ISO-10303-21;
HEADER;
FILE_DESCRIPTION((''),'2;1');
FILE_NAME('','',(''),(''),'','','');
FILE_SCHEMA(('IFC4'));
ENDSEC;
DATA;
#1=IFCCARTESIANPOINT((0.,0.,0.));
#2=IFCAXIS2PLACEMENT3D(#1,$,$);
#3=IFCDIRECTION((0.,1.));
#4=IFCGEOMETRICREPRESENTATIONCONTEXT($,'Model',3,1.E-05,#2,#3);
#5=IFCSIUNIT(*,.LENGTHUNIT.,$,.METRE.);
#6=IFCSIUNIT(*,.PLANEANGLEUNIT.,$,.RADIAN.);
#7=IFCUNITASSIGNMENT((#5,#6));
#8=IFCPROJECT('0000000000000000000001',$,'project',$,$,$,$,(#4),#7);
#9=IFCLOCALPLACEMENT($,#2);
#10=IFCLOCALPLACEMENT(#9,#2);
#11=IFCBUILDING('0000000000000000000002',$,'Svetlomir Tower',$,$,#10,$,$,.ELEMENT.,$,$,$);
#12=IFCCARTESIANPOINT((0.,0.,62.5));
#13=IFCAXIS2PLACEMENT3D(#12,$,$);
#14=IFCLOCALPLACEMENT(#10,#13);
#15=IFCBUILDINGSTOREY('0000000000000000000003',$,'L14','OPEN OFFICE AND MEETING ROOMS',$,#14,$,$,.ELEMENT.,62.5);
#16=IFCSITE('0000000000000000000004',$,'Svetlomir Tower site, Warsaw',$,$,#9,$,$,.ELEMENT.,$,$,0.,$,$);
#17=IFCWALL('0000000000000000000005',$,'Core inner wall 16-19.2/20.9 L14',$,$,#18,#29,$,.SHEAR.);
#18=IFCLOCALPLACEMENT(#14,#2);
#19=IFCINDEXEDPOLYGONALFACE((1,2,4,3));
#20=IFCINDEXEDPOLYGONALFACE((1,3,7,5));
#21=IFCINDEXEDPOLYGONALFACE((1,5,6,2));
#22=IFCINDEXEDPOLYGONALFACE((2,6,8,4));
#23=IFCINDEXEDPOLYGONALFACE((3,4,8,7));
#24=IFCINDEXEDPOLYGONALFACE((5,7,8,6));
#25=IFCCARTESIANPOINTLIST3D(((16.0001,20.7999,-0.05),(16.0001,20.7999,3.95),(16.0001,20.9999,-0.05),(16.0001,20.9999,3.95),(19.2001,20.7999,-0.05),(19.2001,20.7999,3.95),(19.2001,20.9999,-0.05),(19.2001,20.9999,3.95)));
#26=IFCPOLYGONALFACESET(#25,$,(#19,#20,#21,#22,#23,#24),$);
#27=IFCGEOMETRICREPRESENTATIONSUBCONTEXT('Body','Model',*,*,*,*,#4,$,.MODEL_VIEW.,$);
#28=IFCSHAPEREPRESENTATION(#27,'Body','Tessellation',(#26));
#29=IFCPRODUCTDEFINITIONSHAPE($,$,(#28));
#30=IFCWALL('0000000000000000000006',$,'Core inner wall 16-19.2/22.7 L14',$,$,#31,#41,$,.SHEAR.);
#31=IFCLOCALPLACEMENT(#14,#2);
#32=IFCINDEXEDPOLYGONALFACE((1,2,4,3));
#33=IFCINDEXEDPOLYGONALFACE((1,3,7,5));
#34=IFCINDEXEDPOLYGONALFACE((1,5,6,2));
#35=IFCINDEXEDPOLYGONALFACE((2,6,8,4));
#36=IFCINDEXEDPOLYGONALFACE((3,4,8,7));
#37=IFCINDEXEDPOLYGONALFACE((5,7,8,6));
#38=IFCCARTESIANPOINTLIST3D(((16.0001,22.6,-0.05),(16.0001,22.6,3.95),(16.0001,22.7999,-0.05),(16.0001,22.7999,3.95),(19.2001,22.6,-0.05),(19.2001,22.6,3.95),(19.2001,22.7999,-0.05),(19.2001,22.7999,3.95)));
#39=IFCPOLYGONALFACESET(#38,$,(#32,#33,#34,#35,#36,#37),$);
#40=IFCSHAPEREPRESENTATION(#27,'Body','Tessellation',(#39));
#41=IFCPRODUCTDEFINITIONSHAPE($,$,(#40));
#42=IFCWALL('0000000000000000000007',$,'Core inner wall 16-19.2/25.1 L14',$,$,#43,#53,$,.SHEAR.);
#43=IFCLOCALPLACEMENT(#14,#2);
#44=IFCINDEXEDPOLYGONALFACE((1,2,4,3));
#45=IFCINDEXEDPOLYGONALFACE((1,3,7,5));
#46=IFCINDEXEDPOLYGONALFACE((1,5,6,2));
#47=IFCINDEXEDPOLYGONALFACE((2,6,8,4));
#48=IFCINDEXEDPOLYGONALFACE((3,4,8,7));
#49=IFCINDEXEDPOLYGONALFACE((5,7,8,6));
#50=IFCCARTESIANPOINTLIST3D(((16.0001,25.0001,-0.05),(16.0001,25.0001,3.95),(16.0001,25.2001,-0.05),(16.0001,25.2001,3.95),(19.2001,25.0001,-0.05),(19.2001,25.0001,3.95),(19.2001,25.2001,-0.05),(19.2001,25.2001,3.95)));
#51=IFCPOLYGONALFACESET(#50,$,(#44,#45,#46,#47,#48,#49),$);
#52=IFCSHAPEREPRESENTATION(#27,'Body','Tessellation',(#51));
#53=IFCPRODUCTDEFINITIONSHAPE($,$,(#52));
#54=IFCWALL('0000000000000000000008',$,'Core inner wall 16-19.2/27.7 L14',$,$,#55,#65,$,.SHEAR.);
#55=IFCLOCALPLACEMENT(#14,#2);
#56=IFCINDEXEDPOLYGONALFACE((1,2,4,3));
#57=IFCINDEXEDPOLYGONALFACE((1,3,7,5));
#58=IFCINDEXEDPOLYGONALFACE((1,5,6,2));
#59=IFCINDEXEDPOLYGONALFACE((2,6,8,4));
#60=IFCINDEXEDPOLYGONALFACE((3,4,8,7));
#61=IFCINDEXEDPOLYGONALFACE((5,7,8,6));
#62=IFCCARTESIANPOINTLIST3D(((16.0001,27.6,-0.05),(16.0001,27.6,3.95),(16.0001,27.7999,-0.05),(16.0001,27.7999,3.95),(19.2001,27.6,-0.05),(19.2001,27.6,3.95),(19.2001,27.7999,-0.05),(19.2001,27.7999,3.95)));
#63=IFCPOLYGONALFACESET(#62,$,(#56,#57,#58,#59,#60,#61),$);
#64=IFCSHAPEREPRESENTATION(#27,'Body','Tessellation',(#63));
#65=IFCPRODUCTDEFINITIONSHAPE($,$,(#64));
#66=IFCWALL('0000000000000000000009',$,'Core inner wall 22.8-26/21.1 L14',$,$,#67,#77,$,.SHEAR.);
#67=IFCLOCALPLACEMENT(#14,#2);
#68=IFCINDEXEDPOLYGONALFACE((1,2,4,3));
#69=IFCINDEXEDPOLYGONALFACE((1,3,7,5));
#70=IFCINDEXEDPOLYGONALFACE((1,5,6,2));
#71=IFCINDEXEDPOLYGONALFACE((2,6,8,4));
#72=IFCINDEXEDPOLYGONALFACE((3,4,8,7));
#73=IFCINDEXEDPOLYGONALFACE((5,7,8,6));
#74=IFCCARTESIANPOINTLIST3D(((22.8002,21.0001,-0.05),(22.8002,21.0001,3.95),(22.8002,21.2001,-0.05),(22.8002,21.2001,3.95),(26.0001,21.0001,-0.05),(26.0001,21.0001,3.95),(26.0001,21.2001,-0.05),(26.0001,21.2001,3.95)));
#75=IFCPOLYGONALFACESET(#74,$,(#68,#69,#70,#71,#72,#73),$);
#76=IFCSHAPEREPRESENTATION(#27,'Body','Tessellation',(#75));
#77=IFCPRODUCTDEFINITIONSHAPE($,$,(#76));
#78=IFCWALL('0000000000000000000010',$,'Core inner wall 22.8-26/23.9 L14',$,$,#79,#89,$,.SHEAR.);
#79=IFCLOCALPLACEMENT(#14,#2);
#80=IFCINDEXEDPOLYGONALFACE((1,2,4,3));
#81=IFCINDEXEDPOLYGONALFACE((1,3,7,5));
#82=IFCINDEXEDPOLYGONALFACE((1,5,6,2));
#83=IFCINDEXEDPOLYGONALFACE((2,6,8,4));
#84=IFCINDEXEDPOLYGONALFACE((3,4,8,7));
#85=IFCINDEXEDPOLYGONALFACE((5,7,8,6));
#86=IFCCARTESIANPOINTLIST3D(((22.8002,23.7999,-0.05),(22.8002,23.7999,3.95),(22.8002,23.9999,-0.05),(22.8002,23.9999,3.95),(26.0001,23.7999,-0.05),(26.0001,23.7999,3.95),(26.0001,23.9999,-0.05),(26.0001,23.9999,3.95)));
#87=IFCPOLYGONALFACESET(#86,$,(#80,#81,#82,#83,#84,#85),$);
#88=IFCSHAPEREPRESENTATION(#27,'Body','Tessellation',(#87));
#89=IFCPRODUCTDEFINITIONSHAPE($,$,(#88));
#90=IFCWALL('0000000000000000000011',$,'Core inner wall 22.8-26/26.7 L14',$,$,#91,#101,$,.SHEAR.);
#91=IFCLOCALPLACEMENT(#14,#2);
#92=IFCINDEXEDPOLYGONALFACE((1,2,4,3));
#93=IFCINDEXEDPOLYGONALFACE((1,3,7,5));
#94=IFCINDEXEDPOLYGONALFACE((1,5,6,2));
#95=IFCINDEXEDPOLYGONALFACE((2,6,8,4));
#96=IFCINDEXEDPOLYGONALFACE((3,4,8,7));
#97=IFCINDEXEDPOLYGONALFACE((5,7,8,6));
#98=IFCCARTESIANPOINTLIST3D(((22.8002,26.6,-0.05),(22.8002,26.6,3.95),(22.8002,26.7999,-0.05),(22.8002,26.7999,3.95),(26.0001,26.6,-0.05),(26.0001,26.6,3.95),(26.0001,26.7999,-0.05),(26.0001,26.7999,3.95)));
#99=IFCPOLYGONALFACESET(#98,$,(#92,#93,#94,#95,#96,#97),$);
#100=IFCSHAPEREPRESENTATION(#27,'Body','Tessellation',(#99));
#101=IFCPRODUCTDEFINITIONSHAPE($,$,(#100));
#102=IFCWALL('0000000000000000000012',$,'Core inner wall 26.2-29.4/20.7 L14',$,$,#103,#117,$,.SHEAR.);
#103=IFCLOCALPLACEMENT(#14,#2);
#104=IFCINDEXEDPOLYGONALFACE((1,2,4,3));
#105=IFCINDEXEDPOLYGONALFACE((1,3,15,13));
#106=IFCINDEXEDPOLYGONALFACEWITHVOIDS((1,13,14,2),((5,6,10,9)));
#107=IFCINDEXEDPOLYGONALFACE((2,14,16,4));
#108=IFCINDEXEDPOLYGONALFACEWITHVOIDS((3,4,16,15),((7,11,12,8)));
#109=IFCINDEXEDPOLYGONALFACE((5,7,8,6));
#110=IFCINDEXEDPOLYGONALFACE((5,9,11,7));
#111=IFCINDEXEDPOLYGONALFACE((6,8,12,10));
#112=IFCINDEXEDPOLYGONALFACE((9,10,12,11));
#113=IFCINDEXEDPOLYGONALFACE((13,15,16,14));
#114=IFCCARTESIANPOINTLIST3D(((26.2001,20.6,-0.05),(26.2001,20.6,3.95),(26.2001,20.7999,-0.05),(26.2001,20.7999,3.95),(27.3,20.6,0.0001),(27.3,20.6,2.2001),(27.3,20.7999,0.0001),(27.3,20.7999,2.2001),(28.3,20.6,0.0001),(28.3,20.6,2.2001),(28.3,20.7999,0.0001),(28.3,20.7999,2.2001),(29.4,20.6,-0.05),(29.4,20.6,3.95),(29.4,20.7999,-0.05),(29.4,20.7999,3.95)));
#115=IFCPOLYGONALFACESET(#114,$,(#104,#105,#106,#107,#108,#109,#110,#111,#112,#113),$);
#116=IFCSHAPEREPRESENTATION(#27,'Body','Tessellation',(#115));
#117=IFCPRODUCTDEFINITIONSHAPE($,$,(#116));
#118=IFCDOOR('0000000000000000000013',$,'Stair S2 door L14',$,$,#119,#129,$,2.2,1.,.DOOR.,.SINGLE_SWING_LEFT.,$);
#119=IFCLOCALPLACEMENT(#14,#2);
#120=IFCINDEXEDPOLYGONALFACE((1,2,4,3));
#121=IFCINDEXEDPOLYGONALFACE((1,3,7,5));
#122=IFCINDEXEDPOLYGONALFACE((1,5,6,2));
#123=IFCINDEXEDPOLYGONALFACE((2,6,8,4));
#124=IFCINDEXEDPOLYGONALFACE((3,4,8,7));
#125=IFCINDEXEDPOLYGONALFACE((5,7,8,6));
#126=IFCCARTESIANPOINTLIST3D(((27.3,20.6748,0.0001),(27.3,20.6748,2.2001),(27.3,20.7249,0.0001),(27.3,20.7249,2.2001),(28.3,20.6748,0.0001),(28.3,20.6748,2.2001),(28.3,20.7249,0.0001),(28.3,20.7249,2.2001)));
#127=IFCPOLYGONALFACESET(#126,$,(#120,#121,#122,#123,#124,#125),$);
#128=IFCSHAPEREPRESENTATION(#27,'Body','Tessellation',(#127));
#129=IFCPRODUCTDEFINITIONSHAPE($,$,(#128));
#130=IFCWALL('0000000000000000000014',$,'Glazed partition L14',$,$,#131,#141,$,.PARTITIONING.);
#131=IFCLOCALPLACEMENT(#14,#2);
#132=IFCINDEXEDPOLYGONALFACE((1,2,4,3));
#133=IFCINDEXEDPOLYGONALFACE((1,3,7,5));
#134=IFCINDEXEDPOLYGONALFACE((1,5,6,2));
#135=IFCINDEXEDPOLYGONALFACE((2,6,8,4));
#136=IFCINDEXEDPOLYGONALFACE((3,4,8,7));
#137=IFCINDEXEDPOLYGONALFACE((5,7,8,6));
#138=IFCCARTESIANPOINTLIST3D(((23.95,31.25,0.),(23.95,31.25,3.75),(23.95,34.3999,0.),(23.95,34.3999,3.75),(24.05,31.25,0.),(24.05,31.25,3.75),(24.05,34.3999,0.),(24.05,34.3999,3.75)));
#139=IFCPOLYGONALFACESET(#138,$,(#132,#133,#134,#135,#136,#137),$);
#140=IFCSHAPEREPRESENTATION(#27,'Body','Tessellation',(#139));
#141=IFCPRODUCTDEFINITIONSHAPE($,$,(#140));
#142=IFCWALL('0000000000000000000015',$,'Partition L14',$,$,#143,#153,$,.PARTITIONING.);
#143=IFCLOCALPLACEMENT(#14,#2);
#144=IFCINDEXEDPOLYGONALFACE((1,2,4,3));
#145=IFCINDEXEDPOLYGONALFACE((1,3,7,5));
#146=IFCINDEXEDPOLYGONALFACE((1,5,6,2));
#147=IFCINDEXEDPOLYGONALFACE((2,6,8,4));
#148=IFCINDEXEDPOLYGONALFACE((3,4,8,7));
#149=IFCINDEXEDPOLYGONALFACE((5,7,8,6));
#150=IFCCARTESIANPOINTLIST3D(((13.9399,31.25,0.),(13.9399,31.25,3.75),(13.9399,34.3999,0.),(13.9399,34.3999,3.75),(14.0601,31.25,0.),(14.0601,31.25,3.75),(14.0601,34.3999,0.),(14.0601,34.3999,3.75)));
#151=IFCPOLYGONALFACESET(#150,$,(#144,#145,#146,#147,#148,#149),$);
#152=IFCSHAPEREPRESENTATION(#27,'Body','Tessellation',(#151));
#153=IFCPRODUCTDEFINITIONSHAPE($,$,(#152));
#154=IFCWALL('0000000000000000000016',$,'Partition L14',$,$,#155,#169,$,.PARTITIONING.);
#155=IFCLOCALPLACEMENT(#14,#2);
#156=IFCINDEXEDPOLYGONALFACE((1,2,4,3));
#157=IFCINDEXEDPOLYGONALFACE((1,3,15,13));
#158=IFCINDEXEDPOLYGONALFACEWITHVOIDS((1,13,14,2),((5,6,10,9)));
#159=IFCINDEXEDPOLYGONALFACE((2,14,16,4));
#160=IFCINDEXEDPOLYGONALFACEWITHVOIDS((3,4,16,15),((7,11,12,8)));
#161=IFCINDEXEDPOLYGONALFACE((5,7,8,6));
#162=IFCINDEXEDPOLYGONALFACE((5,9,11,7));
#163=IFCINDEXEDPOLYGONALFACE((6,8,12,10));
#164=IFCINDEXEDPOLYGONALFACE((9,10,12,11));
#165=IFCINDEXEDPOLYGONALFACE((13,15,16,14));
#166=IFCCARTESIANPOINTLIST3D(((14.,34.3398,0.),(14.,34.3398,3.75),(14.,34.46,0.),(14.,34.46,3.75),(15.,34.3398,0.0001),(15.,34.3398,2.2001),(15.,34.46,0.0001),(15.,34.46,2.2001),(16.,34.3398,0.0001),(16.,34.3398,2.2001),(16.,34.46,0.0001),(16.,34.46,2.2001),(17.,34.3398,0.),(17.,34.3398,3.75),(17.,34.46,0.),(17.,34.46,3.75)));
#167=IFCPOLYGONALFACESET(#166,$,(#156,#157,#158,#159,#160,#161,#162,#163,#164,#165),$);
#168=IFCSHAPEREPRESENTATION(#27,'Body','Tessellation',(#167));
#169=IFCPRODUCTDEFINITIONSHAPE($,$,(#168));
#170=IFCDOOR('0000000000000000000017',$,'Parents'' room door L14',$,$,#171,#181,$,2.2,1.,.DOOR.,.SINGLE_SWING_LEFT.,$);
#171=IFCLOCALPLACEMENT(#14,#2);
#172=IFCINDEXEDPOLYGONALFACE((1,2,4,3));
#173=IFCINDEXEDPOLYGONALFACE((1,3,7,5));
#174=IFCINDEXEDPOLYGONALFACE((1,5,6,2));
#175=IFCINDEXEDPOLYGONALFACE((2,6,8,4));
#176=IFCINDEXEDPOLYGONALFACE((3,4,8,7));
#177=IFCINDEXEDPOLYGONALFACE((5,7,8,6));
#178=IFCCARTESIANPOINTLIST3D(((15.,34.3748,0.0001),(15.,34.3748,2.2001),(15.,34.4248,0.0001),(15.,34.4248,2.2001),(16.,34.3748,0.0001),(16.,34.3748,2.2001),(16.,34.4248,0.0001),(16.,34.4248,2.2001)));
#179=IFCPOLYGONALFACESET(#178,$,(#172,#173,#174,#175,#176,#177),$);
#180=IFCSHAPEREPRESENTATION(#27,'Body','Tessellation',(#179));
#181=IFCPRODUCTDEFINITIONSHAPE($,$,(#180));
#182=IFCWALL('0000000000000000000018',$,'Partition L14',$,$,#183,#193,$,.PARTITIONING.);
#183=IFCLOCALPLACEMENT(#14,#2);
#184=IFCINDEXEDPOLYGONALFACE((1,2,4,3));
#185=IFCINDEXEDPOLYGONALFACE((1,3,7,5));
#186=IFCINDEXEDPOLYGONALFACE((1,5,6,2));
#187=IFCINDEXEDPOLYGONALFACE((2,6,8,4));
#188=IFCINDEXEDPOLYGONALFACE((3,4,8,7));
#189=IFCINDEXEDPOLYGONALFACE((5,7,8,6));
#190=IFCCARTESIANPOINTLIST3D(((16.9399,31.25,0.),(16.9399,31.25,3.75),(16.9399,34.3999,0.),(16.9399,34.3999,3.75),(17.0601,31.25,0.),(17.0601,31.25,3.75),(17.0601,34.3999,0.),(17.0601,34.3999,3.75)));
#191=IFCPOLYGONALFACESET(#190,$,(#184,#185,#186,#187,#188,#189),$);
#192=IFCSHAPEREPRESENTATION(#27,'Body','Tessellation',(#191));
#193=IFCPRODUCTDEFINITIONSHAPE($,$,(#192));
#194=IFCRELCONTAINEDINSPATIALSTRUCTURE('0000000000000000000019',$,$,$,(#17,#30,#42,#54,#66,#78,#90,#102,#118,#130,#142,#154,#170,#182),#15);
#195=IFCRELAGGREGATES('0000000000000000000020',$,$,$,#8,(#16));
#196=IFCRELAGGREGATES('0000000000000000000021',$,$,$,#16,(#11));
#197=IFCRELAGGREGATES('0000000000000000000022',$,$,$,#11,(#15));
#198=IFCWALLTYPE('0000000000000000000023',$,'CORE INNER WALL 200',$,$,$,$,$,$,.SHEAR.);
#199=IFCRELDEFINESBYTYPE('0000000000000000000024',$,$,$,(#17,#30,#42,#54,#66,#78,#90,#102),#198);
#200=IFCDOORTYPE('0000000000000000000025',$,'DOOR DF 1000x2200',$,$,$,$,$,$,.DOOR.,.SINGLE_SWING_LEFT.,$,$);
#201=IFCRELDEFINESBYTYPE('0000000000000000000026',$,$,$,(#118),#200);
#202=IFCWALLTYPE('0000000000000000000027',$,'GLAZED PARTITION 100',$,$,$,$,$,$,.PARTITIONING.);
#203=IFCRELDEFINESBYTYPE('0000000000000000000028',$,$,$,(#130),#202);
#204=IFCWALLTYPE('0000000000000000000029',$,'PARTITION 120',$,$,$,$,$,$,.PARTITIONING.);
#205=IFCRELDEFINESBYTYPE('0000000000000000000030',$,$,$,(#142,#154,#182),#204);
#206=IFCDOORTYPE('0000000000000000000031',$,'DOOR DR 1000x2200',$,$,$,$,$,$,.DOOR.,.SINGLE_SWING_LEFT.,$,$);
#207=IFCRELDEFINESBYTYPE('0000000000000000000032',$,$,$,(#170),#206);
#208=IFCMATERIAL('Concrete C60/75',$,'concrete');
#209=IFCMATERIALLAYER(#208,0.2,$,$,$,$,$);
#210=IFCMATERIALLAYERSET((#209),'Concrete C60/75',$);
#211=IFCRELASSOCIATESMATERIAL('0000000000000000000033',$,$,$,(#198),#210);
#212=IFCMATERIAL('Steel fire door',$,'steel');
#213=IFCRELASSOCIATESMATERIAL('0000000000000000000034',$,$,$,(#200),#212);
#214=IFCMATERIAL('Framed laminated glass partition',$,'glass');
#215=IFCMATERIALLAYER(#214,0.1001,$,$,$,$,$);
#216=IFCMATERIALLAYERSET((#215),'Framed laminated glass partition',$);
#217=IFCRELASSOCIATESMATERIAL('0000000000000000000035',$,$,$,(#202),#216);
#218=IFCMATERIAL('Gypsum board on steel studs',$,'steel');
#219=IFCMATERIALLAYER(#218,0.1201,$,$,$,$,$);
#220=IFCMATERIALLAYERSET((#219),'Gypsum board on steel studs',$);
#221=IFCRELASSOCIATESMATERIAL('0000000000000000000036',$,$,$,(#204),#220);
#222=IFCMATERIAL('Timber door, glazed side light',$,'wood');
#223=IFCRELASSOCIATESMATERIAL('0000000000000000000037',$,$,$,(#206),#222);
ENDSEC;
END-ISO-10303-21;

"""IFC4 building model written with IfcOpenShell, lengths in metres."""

from ifc_helpers import new_model, si_unit, direction, frame, frame_2d, origin, place, context, subcontext, project, spatial, rectangle, extrude, material, layer, layer_set, type_object, element, fill, save


model = new_model("IFC4")

# Units and contexts
model_context = context("Model", 3, precision=1e-05, world=origin(), true_north=direction((0.0, 1.0)))
body_context = subcontext(model_context, "Body", "Model", "MODEL_VIEW")
ifc_project = project(units=[si_unit("LENGTHUNIT", "METRE"), si_unit("PLANEANGLEUNIT", "RADIAN")], contexts=[model_context])

# Site, building, storey
site_placement = place(None, origin())
site = spatial("IfcSite", under=ifc_project, at=site_placement, Name="Svetlomir Tower site, Warsaw", CompositionType="ELEMENT", RefElevation=0.0)
building_placement = place(site_placement, origin())
building = spatial("IfcBuilding", under=site, at=building_placement, Name="Svetlomir Tower", CompositionType="ELEMENT")
storey_placement = place(building_placement, frame((0.0, 0.0, 62.5)))
storey = spatial("IfcBuildingStorey", under=building, at=storey_placement, Name="L14", Description="OPEN OFFICE AND MEETING ROOMS", CompositionType="ELEMENT", Elevation=62.5)

# Walls
ifc_material_1 = material(Name="Concrete C60/75", Category="concrete")
ifc_layer_1 = layer(ifc_material_1, 0.2)
ifc_layer_set_1 = layer_set([ifc_layer_1], Name="Concrete C60/75")
wall_type_1 = type_object("IfcWallType", Name="CORE INNER WALL 200", PredefinedType="SHEAR", material=ifc_layer_set_1)
for number, where, z_axis, x_axis, name in (
    (1, (16.0, 20.8999, -0.05), (0.0, 0.0, 1.0), (1.0, 0.0, 0.0), "Core inner wall 16-19.2/20.9 L14"),
    (2, (16.0, 22.7, -0.05), (0.0, 0.0, 1.0), (1.0, 0.0, 0.0), "Core inner wall 16-19.2/22.7 L14"),
    (3, (16.0, 25.1001, -0.05), (0.0, 0.0, 1.0), (1.0, 0.0, 0.0), "Core inner wall 16-19.2/25.1 L14"),
    (4, (16.0, 27.7, -0.05), (0.0, 0.0, 1.0), (1.0, 0.0, 0.0), "Core inner wall 16-19.2/27.7 L14"),
    (5, (22.8, 21.1001, -0.05), (0.0, 0.0, 1.0), (1.0, 0.0, 0.0), "Core inner wall 22.8-26/21.1 L14"),
    (6, (22.8, 23.8999, -0.05), (0.0, 0.0, 1.0), (1.0, 0.0, 0.0), "Core inner wall 22.8-26/23.9 L14"),
    (7, (22.8, 26.7, -0.05), (0.0, 0.0, 1.0), (1.0, 0.0, 0.0), "Core inner wall 22.8-26/26.7 L14"),
):
    element("IfcWall", number, at=place(storey_placement, frame(where, z_axis=z_axis, x_axis=x_axis)), inside=storey, type_object=wall_type_1, Name=name, PredefinedType="SHEAR", context=body_context, shape_type="SweptSolid", body=[
        extrude(rectangle(XDim=3.2, YDim=0.2, at=frame_2d((1.6001, 0.0))), origin(), (0.0, 0.0, 1.0), 4.0),
    ])

# Wall, opening, door
wall_1_placement = place(storey_placement, frame((26.2, 20.7, -0.05), z_axis=(0.0, 0.0, 1.0), x_axis=(1.0, 0.0, 0.0)))
wall_1 = element("IfcWall", 8, at=wall_1_placement, inside=storey, type_object=wall_type_1, Name="Core inner wall 26.2-29.4/20.7 L14", PredefinedType="SHEAR", context=body_context, shape_type="SweptSolid", body=[
    extrude(rectangle(XDim=3.2, YDim=0.2, at=frame_2d((1.6001, 0.0))), origin(), (0.0, 0.0, 1.0), 4.0),
])
opening_1_placement = place(wall_1_placement, frame((1.1001, 0.0, 0.05)))
opening_1 = element("IfcOpeningElement", 9, at=opening_1_placement, cuts=wall_1, PredefinedType="OPENING", context=body_context, shape_type="SweptSolid", body=[
    extrude(rectangle(XDim=1.0, YDim=2.2, at=frame_2d((0.5, 1.1001))), frame((0.0, 0.1099, 0.0), z_axis=(0.0, -1.0, 0.0), x_axis=(1.0, 0.0, 0.0)), (0.0, 0.0, 1.0), 0.22),
])
ifc_material_2 = material(Name="Steel fire door", Category="steel")
door_type_1 = type_object("IfcDoorType", Name="DOOR DF 1000x2200", OperationType="SINGLE_SWING_LEFT", PredefinedType="DOOR", material=ifc_material_2)
door_1_placement = place(opening_1_placement, origin())
door_1 = element("IfcDoor", 10, at=door_1_placement, inside=storey, type_object=door_type_1, Name="Stair S2 door L14", OperationType="SINGLE_SWING_LEFT", OverallHeight=2.2, OverallWidth=1.0, PredefinedType="DOOR", context=body_context, shape_type="SweptSolid", body=[
    extrude(rectangle(XDim=1.0, YDim=2.2, at=frame_2d((0.5, 1.1001))), frame((0.0, 0.0249, 0.0), z_axis=(0.0, -1.0, 0.0), x_axis=(1.0, 0.0, 0.0)), (0.0, 0.0, 1.0), 0.05),
])
fill(opening_1, door_1)

# Walls
ifc_material_3 = material(Name="Framed laminated glass partition", Category="glass")
ifc_layer_2 = layer(ifc_material_3, 0.1001)
ifc_layer_set_2 = layer_set([ifc_layer_2], Name="Framed laminated glass partition")
wall_type_2 = type_object("IfcWallType", Name="GLAZED PARTITION 100", PredefinedType="PARTITIONING", material=ifc_layer_set_2)
wall_2_placement = place(storey_placement, frame((24.0, 31.25, 0.0), z_axis=(0.0, 0.0, 1.0), x_axis=(0.0, 1.0, 0.0)))
element("IfcWall", 11, at=wall_2_placement, inside=storey, type_object=wall_type_2, Name="Glazed partition L14", PredefinedType="PARTITIONING", context=body_context, shape_type="SweptSolid", body=[
    extrude(rectangle(XDim=3.1499, YDim=0.1001, at=frame_2d((1.575, 0.0))), origin(), (0.0, 0.0, 1.0), 3.75),
])
ifc_material_4 = material(Name="Gypsum board on steel studs", Category="steel")
ifc_layer_3 = layer(ifc_material_4, 0.1201)
ifc_layer_set_3 = layer_set([ifc_layer_3], Name="Gypsum board on steel studs")
wall_type_3 = type_object("IfcWallType", Name="PARTITION 120", PredefinedType="PARTITIONING", material=ifc_layer_set_3)
wall_3_placement = place(storey_placement, frame((14.0, 31.25, 0.0), z_axis=(0.0, 0.0, 1.0), x_axis=(0.0, 1.0, 0.0)))
element("IfcWall", 12, at=wall_3_placement, inside=storey, type_object=wall_type_3, Name="Partition L14", PredefinedType="PARTITIONING", context=body_context, shape_type="SweptSolid", body=[
    extrude(rectangle(XDim=3.1499, YDim=0.1201, at=frame_2d((1.575, 0.0))), origin(), (0.0, 0.0, 1.0), 3.75),
])

# Wall, opening, door
wall_4_placement = place(storey_placement, frame((14.0, 34.3999, 0.0), z_axis=(0.0, 0.0, 1.0), x_axis=(1.0, 0.0, 0.0)))
wall_4 = element("IfcWall", 13, at=wall_4_placement, inside=storey, type_object=wall_type_3, Name="Partition L14", PredefinedType="PARTITIONING", context=body_context, shape_type="SweptSolid", body=[
    extrude(rectangle(XDim=3.0, YDim=0.1201, at=frame_2d((1.5, 0.0))), origin(), (0.0, 0.0, 1.0), 3.75),
])
opening_2_placement = place(wall_4_placement, frame((1.0, 0.0, 0.0)))
opening_2 = element("IfcOpeningElement", 14, at=opening_2_placement, cuts=wall_4, PredefinedType="OPENING", context=body_context, shape_type="SweptSolid", body=[
    extrude(rectangle(XDim=1.0, YDim=2.2, at=frame_2d((0.5, 1.1001))), frame((0.0, 0.0701, 0.0), z_axis=(0.0, -1.0, 0.0), x_axis=(1.0, 0.0, 0.0)), (0.0, 0.0, 1.0), 0.1401),
])
ifc_material_5 = material(Name="Timber door, glazed side light", Category="wood")
door_type_2 = type_object("IfcDoorType", Name="DOOR DR 1000x2200", OperationType="SINGLE_SWING_LEFT", PredefinedType="DOOR", material=ifc_material_5)
door_2_placement = place(opening_2_placement, origin())
door_2 = element("IfcDoor", 15, at=door_2_placement, inside=storey, type_object=door_type_2, Name="Parents' room door L14", OperationType="SINGLE_SWING_LEFT", OverallHeight=2.2, OverallWidth=1.0, PredefinedType="DOOR", context=body_context, shape_type="SweptSolid", body=[
    extrude(rectangle(XDim=1.0, YDim=2.2, at=frame_2d((0.5, 1.1001))), frame((0.0, 0.0249, 0.0), z_axis=(0.0, -1.0, 0.0), x_axis=(1.0, 0.0, 0.0)), (0.0, 0.0, 1.0), 0.05),
])
fill(opening_2, door_2)

# Wall
wall_5_placement = place(storey_placement, frame((17.0, 31.25, 0.0), z_axis=(0.0, 0.0, 1.0), x_axis=(0.0, 1.0, 0.0)))
element("IfcWall", 16, at=wall_5_placement, inside=storey, type_object=wall_type_3, Name="Partition L14", PredefinedType="PARTITIONING", context=body_context, shape_type="SweptSolid", body=[
    extrude(rectangle(XDim=3.1499, YDim=0.1201, at=frame_2d((1.575, 0.0))), origin(), (0.0, 0.0, 1.0), 3.75),
])

save(model, "model.ifc")
